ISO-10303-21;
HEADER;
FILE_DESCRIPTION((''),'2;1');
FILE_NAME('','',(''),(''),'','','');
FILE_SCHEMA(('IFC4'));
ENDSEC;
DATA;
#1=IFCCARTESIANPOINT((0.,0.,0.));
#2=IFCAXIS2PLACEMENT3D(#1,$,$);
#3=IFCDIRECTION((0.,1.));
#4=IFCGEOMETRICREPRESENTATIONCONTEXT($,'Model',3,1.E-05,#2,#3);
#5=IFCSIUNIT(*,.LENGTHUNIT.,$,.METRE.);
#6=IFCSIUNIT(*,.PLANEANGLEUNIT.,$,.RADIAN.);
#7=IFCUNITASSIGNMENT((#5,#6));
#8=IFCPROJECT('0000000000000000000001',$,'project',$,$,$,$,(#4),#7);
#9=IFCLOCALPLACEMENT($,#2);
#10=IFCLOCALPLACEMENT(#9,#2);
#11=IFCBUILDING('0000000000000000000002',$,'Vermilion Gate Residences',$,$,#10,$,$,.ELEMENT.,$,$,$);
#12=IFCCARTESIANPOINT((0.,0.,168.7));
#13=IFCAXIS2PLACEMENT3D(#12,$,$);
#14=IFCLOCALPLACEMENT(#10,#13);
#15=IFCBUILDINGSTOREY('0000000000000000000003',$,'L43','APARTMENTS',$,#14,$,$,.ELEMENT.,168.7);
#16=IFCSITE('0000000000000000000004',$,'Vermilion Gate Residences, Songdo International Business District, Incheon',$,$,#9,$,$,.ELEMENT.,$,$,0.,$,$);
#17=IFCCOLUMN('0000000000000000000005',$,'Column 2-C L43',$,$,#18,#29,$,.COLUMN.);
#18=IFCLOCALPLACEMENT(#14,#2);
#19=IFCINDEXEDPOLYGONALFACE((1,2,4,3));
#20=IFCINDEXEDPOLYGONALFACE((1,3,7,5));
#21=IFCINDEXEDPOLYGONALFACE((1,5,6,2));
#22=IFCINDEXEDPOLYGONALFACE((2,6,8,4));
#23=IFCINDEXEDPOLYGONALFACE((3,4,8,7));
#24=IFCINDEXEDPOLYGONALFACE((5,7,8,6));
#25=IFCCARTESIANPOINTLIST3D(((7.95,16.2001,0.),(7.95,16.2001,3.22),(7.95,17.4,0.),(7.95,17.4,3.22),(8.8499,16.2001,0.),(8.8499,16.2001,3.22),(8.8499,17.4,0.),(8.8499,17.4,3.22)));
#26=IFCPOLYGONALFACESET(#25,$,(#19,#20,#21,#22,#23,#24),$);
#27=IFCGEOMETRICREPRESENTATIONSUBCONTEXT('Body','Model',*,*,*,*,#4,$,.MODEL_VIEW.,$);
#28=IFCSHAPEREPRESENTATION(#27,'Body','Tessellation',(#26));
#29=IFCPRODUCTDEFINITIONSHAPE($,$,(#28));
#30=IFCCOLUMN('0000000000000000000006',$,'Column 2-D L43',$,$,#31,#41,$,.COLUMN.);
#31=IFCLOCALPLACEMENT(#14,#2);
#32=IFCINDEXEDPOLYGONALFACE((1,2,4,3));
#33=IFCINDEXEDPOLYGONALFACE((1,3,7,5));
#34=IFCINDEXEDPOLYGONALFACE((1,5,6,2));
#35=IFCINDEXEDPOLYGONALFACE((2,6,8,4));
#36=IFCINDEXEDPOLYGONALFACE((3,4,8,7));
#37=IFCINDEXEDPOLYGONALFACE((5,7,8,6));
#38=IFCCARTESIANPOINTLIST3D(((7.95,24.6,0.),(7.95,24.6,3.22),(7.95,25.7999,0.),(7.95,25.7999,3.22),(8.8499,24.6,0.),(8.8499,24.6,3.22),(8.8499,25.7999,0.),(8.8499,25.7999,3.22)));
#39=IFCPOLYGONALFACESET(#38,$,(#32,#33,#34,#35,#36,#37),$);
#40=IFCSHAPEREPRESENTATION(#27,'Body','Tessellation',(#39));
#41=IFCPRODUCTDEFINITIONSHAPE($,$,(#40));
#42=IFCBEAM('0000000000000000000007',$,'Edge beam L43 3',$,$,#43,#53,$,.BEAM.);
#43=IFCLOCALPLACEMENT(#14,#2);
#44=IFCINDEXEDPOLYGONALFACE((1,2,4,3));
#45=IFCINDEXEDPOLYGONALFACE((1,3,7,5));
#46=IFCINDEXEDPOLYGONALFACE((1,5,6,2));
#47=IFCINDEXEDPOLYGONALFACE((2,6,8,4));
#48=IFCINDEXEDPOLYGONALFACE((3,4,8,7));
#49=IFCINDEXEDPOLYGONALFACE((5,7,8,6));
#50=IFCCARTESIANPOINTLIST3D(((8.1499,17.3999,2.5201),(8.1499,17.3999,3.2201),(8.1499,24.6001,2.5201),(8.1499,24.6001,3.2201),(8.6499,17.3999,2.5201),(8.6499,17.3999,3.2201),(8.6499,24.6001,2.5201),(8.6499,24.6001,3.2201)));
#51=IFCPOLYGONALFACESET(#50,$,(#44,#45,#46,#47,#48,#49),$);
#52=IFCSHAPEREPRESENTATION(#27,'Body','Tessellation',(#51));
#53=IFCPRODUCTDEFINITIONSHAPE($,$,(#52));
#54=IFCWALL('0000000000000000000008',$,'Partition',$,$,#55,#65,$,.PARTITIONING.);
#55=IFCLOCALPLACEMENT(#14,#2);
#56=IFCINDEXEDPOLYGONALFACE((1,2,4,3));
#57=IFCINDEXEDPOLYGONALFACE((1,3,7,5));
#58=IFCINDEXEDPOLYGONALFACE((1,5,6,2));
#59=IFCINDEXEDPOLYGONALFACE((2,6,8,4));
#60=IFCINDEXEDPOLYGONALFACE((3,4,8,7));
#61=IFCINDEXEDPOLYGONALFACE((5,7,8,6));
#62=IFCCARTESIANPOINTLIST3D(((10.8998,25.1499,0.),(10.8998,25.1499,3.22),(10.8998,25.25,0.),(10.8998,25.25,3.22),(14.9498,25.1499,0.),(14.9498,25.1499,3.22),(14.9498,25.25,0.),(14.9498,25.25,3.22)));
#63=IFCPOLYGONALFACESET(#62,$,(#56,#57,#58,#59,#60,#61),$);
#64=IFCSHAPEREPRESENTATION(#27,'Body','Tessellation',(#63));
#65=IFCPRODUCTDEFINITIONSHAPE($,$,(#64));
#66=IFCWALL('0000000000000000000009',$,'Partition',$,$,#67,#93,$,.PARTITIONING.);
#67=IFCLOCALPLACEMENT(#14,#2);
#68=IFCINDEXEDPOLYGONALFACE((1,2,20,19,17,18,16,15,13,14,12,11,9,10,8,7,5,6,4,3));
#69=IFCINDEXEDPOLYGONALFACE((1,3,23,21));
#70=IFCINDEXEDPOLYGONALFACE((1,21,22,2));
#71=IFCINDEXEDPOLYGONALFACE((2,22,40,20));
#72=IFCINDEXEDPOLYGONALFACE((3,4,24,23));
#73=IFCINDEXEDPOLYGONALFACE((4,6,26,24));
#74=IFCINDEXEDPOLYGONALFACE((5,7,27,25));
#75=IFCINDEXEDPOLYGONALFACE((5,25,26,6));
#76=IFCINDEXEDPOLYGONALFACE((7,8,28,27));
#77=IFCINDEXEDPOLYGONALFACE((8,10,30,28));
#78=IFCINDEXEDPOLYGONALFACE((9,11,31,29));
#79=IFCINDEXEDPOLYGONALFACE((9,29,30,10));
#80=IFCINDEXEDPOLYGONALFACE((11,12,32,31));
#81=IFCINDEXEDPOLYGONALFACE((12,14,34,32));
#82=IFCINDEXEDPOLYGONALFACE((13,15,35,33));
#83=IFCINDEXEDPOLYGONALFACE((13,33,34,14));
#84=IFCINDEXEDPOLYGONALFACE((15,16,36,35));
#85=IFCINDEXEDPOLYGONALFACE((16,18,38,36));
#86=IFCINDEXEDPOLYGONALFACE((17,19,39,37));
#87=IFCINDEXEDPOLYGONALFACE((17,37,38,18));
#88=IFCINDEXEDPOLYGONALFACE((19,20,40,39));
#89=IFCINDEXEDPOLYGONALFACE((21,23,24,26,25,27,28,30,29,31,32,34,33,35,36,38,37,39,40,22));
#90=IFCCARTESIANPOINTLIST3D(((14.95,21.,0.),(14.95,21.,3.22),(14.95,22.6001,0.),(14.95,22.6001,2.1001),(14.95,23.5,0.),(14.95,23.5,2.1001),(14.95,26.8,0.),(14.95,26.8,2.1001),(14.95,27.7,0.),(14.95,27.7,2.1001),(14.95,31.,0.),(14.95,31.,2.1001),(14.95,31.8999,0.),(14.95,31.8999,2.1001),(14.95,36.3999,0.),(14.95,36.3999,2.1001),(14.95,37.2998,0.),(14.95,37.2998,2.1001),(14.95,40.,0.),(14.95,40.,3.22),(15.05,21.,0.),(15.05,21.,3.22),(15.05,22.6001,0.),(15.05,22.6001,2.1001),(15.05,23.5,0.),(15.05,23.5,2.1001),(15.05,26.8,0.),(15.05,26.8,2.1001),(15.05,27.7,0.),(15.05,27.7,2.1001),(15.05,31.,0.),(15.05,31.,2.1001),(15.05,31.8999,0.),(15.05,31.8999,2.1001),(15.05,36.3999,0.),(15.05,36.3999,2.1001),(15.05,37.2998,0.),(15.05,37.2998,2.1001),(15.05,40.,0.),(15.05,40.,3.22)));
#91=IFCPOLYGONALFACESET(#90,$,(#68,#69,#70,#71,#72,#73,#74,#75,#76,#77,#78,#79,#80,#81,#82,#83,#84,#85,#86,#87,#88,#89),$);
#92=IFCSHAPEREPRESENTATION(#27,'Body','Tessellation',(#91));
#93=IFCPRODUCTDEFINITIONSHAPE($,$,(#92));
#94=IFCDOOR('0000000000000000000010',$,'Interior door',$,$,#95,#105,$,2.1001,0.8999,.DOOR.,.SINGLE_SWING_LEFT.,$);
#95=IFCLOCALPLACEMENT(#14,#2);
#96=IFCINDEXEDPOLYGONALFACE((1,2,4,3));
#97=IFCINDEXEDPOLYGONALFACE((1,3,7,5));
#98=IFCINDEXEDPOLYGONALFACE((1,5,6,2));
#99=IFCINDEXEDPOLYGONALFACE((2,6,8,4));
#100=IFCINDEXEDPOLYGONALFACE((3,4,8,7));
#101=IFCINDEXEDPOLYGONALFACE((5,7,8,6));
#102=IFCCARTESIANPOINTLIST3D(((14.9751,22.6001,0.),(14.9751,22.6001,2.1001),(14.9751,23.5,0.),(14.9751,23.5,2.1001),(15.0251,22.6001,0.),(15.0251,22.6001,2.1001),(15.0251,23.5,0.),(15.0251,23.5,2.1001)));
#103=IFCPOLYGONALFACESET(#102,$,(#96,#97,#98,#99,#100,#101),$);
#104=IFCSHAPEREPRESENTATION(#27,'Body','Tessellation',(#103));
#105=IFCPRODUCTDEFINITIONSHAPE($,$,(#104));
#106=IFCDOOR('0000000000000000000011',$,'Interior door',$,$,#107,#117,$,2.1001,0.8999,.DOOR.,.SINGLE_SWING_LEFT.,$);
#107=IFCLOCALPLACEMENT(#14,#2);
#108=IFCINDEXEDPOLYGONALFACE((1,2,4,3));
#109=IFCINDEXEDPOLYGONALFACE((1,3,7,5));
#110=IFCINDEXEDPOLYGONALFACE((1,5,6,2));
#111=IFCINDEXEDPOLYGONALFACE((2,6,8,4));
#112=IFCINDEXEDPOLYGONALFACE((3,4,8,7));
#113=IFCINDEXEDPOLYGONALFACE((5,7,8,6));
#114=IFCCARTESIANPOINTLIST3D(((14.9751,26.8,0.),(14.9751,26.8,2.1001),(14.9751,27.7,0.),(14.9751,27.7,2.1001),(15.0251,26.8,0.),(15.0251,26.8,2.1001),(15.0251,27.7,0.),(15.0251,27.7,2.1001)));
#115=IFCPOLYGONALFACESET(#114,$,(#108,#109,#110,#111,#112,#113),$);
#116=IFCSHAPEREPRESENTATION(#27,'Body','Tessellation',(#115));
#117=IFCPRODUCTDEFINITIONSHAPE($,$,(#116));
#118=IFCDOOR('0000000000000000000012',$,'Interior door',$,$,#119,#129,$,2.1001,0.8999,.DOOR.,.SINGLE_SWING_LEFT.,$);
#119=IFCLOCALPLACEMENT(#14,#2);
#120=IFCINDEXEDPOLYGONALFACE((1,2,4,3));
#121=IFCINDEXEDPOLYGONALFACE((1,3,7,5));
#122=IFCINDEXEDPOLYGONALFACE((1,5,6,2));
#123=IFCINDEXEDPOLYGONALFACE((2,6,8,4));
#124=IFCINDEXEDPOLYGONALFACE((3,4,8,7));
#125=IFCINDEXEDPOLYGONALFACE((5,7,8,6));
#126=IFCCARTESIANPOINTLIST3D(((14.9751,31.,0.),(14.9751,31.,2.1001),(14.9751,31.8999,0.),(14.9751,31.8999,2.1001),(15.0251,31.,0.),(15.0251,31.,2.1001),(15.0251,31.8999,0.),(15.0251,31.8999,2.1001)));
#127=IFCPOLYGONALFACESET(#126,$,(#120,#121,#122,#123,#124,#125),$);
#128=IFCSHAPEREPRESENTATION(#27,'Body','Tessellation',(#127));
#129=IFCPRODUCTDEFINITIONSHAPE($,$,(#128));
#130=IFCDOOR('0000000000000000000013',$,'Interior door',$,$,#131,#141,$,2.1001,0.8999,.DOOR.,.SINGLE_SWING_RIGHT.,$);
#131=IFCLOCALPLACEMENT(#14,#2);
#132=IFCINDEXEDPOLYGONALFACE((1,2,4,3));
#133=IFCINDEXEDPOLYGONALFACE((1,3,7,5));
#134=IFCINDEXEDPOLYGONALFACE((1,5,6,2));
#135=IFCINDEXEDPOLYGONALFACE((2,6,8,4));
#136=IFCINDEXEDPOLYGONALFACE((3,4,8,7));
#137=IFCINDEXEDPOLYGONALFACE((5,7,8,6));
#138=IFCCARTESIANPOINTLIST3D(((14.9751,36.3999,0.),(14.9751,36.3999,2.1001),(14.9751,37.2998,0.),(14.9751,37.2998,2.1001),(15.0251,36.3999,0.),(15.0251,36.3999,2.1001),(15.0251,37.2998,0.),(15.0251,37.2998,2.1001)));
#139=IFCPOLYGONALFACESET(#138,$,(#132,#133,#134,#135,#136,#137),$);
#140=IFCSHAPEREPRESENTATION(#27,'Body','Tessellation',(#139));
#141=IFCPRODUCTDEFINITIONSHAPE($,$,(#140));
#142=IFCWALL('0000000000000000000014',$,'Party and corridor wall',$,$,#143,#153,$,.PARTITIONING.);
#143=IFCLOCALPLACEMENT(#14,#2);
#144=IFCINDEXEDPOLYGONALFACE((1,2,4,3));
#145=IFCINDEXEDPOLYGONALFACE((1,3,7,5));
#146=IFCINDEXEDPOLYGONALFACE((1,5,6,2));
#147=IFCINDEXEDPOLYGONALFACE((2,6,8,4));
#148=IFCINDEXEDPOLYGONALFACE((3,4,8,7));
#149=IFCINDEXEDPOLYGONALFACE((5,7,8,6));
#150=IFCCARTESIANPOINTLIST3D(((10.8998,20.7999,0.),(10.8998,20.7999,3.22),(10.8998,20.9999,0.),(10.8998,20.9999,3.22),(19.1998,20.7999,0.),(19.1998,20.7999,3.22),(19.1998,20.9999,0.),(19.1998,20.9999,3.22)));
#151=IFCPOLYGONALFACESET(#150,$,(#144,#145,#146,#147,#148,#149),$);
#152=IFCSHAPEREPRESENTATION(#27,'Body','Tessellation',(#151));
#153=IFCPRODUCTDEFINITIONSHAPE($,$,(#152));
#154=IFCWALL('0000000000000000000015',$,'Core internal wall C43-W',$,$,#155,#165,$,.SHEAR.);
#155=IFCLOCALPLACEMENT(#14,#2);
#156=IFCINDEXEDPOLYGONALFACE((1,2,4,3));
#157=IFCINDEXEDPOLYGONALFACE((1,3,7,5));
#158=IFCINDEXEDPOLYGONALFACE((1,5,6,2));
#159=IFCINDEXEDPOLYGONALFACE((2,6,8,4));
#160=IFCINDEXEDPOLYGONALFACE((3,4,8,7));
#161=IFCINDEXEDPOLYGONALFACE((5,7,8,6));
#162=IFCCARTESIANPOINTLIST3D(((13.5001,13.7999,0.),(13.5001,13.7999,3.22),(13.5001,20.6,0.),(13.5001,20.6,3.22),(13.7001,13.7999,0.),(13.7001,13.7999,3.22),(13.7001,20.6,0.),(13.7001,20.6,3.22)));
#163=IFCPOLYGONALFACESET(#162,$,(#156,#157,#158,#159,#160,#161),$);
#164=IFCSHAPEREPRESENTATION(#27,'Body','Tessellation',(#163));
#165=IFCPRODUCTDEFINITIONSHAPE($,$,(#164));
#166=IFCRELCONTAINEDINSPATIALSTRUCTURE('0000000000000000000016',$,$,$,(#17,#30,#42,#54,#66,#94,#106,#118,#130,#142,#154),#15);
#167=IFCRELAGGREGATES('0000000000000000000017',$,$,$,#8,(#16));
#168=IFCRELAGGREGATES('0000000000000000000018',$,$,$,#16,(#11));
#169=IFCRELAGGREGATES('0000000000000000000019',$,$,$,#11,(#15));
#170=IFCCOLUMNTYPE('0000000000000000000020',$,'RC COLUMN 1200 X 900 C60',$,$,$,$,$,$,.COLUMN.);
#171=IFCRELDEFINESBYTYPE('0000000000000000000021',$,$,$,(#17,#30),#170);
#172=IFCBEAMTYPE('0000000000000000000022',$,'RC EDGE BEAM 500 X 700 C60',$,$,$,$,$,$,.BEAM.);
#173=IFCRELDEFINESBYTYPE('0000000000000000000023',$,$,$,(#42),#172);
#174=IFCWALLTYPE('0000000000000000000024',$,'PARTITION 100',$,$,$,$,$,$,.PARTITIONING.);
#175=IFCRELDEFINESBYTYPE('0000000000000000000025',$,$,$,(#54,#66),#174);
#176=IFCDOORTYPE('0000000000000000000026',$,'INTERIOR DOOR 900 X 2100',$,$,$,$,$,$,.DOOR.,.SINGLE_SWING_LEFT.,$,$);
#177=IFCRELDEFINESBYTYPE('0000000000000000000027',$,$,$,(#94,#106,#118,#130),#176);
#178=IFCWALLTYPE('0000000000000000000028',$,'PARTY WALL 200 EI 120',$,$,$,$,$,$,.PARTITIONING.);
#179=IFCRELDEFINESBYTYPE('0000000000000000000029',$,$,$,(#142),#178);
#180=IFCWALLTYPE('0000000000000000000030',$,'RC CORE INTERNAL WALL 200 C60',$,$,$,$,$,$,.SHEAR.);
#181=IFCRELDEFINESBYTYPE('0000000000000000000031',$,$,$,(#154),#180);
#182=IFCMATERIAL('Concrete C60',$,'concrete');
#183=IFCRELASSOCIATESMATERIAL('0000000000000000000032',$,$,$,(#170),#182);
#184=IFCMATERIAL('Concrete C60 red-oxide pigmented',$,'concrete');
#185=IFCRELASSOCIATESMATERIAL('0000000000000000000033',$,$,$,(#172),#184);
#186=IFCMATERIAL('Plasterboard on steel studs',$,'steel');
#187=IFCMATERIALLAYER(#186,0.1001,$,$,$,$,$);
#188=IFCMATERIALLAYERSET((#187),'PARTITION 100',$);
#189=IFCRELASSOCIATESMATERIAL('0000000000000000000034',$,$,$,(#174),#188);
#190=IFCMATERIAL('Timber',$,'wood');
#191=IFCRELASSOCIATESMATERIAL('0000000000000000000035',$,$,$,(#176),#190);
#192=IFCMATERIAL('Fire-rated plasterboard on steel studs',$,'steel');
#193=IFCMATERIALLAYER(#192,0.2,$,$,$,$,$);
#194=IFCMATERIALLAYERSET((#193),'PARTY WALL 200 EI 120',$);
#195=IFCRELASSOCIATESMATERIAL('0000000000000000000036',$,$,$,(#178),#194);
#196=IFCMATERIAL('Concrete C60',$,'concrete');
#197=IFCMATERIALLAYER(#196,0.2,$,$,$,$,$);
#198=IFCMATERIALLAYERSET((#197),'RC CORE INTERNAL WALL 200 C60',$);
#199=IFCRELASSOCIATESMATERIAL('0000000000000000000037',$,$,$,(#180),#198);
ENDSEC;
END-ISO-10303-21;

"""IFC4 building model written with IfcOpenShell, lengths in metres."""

from ifc_helpers import new_model, si_unit, direction, frame, frame_2d, origin, origin_2d, place, context, subcontext, project, spatial, rectangle, extrude, material, layer, layer_set, material_profile, profile_set, type_object, element, fill, save


model = new_model("IFC4")

# Units and contexts
model_context = context("Model", 3, precision=1e-05, world=origin(), true_north=direction((0.0, 1.0)))
body_context = subcontext(model_context, "Body", "Model", "MODEL_VIEW")
ifc_project = project(units=[si_unit("LENGTHUNIT", "METRE"), si_unit("PLANEANGLEUNIT", "RADIAN")], contexts=[model_context])

# Site, building, storey
site_placement = place(None, origin())
site = spatial("IfcSite", under=ifc_project, at=site_placement, Name="Vermilion Gate Residences, Songdo International Business District, Incheon", CompositionType="ELEMENT", RefElevation=0.0)
building_placement = place(site_placement, origin())
building = spatial("IfcBuilding", under=site, at=building_placement, Name="Vermilion Gate Residences", CompositionType="ELEMENT")
storey_placement = place(building_placement, frame((0.0, 0.0, 168.7)))
storey = spatial("IfcBuildingStorey", under=building, at=storey_placement, Name="L43", Description="APARTMENTS", CompositionType="ELEMENT", Elevation=168.7)

# Columns
ifc_material_1 = material(Name="Concrete C60", Category="concrete")
ifc_material_profile_1 = material_profile(ifc_material_1, rectangle(XDim=1.2, YDim=0.8999, at=origin_2d()), Name="RC-1200x900")
ifc_profile_set_1 = profile_set([ifc_material_profile_1], Name="Concrete C60")
column_type = type_object("IfcColumnType", Name="RC COLUMN 1200 X 900 C60", PredefinedType="COLUMN", material=ifc_profile_set_1)
for number, where, z_axis, x_axis, name in (
    (1, (8.3999, 16.8, 0.0), (0.0, 0.0, 1.0), (0.0, 1.0, 0.0), "Column 2-C L43"),
    (2, (8.3999, 25.2, 0.0), (0.0, 0.0, 1.0), (0.0, 1.0, 0.0), "Column 2-D L43"),
):
    element("IfcColumn", number, at=place(storey_placement, frame(where, z_axis=z_axis, x_axis=x_axis)), inside=storey, type_object=column_type, Name=name, PredefinedType="COLUMN", context=body_context, shape_type="SweptSolid", body=[
        extrude(rectangle(XDim=1.2, YDim=0.8999, at=origin_2d()), origin(), (0.0, 0.0, 1.0), 3.22),
    ])

# Beam
ifc_material_2 = material(Name="Concrete C60 red-oxide pigmented", Category="concrete")
ifc_material_profile_2 = material_profile(ifc_material_2, rectangle(XDim=0.5, YDim=0.7, at=origin_2d()), Name="RC-500x700")
ifc_profile_set_2 = profile_set([ifc_material_profile_2], Name="Concrete C60 red-oxide pigmented")
beam_type = type_object("IfcBeamType", Name="RC EDGE BEAM 500 X 700 C60", PredefinedType="BEAM", material=ifc_profile_set_2)
beam_placement = place(storey_placement, frame((8.3999, 17.3999, 2.8701), z_axis=(0.0, 1.0, 0.0), x_axis=(-1.0, 0.0, 0.0)))
element("IfcBeam", 3, at=beam_placement, inside=storey, type_object=beam_type, Name="Edge beam L43 3", PredefinedType="BEAM", context=body_context, shape_type="SweptSolid", body=[
    extrude(rectangle(XDim=0.5, YDim=0.7, at=origin_2d()), origin(), (0.0, 0.0, 1.0), 7.2002),
])

# Wall
ifc_material_3 = material(Name="Plasterboard on steel studs", Category="steel")
ifc_layer_1 = layer(ifc_material_3, 0.1001)
ifc_layer_set_1 = layer_set([ifc_layer_1], Name="PARTITION 100")
wall_type_1 = type_object("IfcWallType", Name="PARTITION 100", PredefinedType="PARTITIONING", material=ifc_layer_set_1)
wall_1_placement = place(storey_placement, frame((10.8999, 25.2, 0.0), z_axis=(0.0, 0.0, 1.0), x_axis=(1.0, 0.0, 0.0)))
element("IfcWall", 4, at=wall_1_placement, inside=storey, type_object=wall_type_1, Name="Partition", PredefinedType="PARTITIONING", context=body_context, shape_type="SweptSolid", body=[
    extrude(rectangle(XDim=4.05, YDim=0.1001, at=frame_2d((2.0249, 0.0))), origin(), (0.0, 0.0, 1.0), 3.22),
])

# Wall, openings, doors
wall_2_placement = place(storey_placement, frame((15.0, 21.0, 0.0), z_axis=(0.0, 0.0, 1.0), x_axis=(0.0, 1.0, 0.0)))
wall_2 = element("IfcWall", 5, at=wall_2_placement, inside=storey, type_object=wall_type_1, Name="Partition", PredefinedType="PARTITIONING", context=body_context, shape_type="SweptSolid", body=[
    extrude(rectangle(XDim=19.0, YDim=0.1001, at=frame_2d((9.5, 0.0))), origin(), (0.0, 0.0, 1.0), 3.22),
])
opening_1_placement = place(wall_2_placement, frame((1.6001, 0.0, 0.0)))
opening_1 = element("IfcOpeningElement", 6, at=opening_1_placement, cuts=wall_2, PredefinedType="OPENING", context=body_context, shape_type="SweptSolid", body=[
    extrude(rectangle(XDim=0.8999, YDim=2.1001, at=frame_2d((0.45, 1.05))), frame((0.0, 0.0601, 0.0), z_axis=(0.0, -1.0, 0.0), x_axis=(1.0, 0.0, 0.0)), (0.0, 0.0, 1.0), 0.1201),
])
opening_2_placement = place(wall_2_placement, frame((5.8, 0.0, 0.0)))
opening_2 = element("IfcOpeningElement", 7, at=opening_2_placement, cuts=wall_2, PredefinedType="OPENING", context=body_context, shape_type="SweptSolid", body=[
    extrude(rectangle(XDim=0.8999, YDim=2.1001, at=frame_2d((0.45, 1.05))), frame((0.0, 0.0601, 0.0), z_axis=(0.0, -1.0, 0.0), x_axis=(1.0, 0.0, 0.0)), (0.0, 0.0, 1.0), 0.1201),
])
opening_3_placement = place(wall_2_placement, frame((10.0, 0.0, 0.0)))
opening_3 = element("IfcOpeningElement", 8, at=opening_3_placement, cuts=wall_2, PredefinedType="OPENING", context=body_context, shape_type="SweptSolid", body=[
    extrude(rectangle(XDim=0.8999, YDim=2.1001, at=frame_2d((0.45, 1.05))), frame((0.0, 0.0601, 0.0), z_axis=(0.0, -1.0, 0.0), x_axis=(1.0, 0.0, 0.0)), (0.0, 0.0, 1.0), 0.1201),
])
opening_4_placement = place(wall_2_placement, frame((15.3999, 0.0, 0.0)))
opening_4 = element("IfcOpeningElement", 9, at=opening_4_placement, cuts=wall_2, PredefinedType="OPENING", context=body_context, shape_type="SweptSolid", body=[
    extrude(rectangle(XDim=0.8999, YDim=2.1001, at=frame_2d((0.45, 1.05))), frame((0.0, 0.0601, 0.0), z_axis=(0.0, -1.0, 0.0), x_axis=(1.0, 0.0, 0.0)), (0.0, 0.0, 1.0), 0.1201),
])
ifc_material_4 = material(Name="Timber", Category="wood")
door_type_1 = type_object("IfcDoorType", Name="INTERIOR DOOR 900 X 2100", OperationType="SINGLE_SWING_LEFT", PredefinedType="DOOR", material=ifc_material_4)
door_1_placement = place(opening_1_placement, origin())
door_1 = element("IfcDoor", 10, at=door_1_placement, inside=storey, type_object=door_type_1, Name="Interior door", OperationType="SINGLE_SWING_LEFT", OverallHeight=2.1001, OverallWidth=0.8999, PredefinedType="DOOR", context=body_context, shape_type="SweptSolid", body=[
    extrude(rectangle(XDim=0.8999, YDim=2.1001, at=frame_2d((0.45, 1.05))), frame((0.0, 0.0249, 0.0), z_axis=(0.0, -1.0, 0.0), x_axis=(1.0, 0.0, 0.0)), (0.0, 0.0, 1.0), 0.05),
])
fill(opening_1, door_1)
door_2_placement = place(opening_2_placement, origin())
door_2 = element("IfcDoor", 11, at=door_2_placement, inside=storey, type_object=door_type_1, Name="Interior door", OperationType="SINGLE_SWING_LEFT", OverallHeight=2.1001, OverallWidth=0.8999, PredefinedType="DOOR", context=body_context, shape_type="SweptSolid", body=[
    extrude(rectangle(XDim=0.8999, YDim=2.1001, at=frame_2d((0.45, 1.05))), frame((0.0, 0.0249, 0.0), z_axis=(0.0, -1.0, 0.0), x_axis=(1.0, 0.0, 0.0)), (0.0, 0.0, 1.0), 0.05),
])
fill(opening_2, door_2)
door_3_placement = place(opening_3_placement, origin())
door_3 = element("IfcDoor", 12, at=door_3_placement, inside=storey, type_object=door_type_1, Name="Interior door", OperationType="SINGLE_SWING_LEFT", OverallHeight=2.1001, OverallWidth=0.8999, PredefinedType="DOOR", context=body_context, shape_type="SweptSolid", body=[
    extrude(rectangle(XDim=0.8999, YDim=2.1001, at=frame_2d((0.45, 1.05))), frame((0.0, 0.0249, 0.0), z_axis=(0.0, -1.0, 0.0), x_axis=(1.0, 0.0, 0.0)), (0.0, 0.0, 1.0), 0.05),
])
fill(opening_3, door_3)
door_4_placement = place(opening_4_placement, origin())
door_4 = element("IfcDoor", 13, at=door_4_placement, inside=storey, type_object=door_type_1, Name="Interior door", OperationType="SINGLE_SWING_RIGHT", OverallHeight=2.1001, OverallWidth=0.8999, PredefinedType="DOOR", context=body_context, shape_type="SweptSolid", body=[
    extrude(rectangle(XDim=0.8999, YDim=2.1001, at=frame_2d((0.45, 1.05))), frame((0.0, 0.0249, 0.0), z_axis=(0.0, -1.0, 0.0), x_axis=(1.0, 0.0, 0.0)), (0.0, 0.0, 1.0), 0.05),
])
fill(opening_4, door_4)

# Walls
ifc_material_5 = material(Name="Fire-rated plasterboard on steel studs", Category="steel")
ifc_layer_2 = layer(ifc_material_5, 0.2)
ifc_layer_set_2 = layer_set([ifc_layer_2], Name="PARTY WALL 200 EI 120")
wall_type_2 = type_object("IfcWallType", Name="PARTY WALL 200 EI 120", PredefinedType="PARTITIONING", material=ifc_layer_set_2)
wall_3_placement = place(storey_placement, frame((10.8999, 20.8999, 0.0), z_axis=(0.0, 0.0, 1.0), x_axis=(1.0, 0.0, 0.0)))
element("IfcWall", 14, at=wall_3_placement, inside=storey, type_object=wall_type_2, Name="Party and corridor wall", PredefinedType="PARTITIONING", context=body_context, shape_type="SweptSolid", body=[
    extrude(rectangle(XDim=8.3, YDim=0.2, at=frame_2d((4.1499, 0.0))), origin(), (0.0, 0.0, 1.0), 3.22),
])
ifc_material_6 = material(Name="Concrete C60", Category="concrete")
ifc_layer_3 = layer(ifc_material_6, 0.2)
ifc_layer_set_3 = layer_set([ifc_layer_3], Name="RC CORE INTERNAL WALL 200 C60")
wall_type_3 = type_object("IfcWallType", Name="RC CORE INTERNAL WALL 200 C60", PredefinedType="SHEAR", material=ifc_layer_set_3)
wall_4_placement = place(storey_placement, frame((13.6001, 13.8, 0.0), z_axis=(0.0, 0.0, 1.0), x_axis=(0.0, 1.0, 0.0)))
element("IfcWall", 15, at=wall_4_placement, inside=storey, type_object=wall_type_3, Name="Core internal wall C43-W", PredefinedType="SHEAR", context=body_context, shape_type="SweptSolid", body=[
    extrude(rectangle(XDim=6.8, YDim=0.2, at=frame_2d((3.3999, 0.0))), origin(), (0.0, 0.0, 1.0), 3.22),
])

save(model, "model.ifc")
